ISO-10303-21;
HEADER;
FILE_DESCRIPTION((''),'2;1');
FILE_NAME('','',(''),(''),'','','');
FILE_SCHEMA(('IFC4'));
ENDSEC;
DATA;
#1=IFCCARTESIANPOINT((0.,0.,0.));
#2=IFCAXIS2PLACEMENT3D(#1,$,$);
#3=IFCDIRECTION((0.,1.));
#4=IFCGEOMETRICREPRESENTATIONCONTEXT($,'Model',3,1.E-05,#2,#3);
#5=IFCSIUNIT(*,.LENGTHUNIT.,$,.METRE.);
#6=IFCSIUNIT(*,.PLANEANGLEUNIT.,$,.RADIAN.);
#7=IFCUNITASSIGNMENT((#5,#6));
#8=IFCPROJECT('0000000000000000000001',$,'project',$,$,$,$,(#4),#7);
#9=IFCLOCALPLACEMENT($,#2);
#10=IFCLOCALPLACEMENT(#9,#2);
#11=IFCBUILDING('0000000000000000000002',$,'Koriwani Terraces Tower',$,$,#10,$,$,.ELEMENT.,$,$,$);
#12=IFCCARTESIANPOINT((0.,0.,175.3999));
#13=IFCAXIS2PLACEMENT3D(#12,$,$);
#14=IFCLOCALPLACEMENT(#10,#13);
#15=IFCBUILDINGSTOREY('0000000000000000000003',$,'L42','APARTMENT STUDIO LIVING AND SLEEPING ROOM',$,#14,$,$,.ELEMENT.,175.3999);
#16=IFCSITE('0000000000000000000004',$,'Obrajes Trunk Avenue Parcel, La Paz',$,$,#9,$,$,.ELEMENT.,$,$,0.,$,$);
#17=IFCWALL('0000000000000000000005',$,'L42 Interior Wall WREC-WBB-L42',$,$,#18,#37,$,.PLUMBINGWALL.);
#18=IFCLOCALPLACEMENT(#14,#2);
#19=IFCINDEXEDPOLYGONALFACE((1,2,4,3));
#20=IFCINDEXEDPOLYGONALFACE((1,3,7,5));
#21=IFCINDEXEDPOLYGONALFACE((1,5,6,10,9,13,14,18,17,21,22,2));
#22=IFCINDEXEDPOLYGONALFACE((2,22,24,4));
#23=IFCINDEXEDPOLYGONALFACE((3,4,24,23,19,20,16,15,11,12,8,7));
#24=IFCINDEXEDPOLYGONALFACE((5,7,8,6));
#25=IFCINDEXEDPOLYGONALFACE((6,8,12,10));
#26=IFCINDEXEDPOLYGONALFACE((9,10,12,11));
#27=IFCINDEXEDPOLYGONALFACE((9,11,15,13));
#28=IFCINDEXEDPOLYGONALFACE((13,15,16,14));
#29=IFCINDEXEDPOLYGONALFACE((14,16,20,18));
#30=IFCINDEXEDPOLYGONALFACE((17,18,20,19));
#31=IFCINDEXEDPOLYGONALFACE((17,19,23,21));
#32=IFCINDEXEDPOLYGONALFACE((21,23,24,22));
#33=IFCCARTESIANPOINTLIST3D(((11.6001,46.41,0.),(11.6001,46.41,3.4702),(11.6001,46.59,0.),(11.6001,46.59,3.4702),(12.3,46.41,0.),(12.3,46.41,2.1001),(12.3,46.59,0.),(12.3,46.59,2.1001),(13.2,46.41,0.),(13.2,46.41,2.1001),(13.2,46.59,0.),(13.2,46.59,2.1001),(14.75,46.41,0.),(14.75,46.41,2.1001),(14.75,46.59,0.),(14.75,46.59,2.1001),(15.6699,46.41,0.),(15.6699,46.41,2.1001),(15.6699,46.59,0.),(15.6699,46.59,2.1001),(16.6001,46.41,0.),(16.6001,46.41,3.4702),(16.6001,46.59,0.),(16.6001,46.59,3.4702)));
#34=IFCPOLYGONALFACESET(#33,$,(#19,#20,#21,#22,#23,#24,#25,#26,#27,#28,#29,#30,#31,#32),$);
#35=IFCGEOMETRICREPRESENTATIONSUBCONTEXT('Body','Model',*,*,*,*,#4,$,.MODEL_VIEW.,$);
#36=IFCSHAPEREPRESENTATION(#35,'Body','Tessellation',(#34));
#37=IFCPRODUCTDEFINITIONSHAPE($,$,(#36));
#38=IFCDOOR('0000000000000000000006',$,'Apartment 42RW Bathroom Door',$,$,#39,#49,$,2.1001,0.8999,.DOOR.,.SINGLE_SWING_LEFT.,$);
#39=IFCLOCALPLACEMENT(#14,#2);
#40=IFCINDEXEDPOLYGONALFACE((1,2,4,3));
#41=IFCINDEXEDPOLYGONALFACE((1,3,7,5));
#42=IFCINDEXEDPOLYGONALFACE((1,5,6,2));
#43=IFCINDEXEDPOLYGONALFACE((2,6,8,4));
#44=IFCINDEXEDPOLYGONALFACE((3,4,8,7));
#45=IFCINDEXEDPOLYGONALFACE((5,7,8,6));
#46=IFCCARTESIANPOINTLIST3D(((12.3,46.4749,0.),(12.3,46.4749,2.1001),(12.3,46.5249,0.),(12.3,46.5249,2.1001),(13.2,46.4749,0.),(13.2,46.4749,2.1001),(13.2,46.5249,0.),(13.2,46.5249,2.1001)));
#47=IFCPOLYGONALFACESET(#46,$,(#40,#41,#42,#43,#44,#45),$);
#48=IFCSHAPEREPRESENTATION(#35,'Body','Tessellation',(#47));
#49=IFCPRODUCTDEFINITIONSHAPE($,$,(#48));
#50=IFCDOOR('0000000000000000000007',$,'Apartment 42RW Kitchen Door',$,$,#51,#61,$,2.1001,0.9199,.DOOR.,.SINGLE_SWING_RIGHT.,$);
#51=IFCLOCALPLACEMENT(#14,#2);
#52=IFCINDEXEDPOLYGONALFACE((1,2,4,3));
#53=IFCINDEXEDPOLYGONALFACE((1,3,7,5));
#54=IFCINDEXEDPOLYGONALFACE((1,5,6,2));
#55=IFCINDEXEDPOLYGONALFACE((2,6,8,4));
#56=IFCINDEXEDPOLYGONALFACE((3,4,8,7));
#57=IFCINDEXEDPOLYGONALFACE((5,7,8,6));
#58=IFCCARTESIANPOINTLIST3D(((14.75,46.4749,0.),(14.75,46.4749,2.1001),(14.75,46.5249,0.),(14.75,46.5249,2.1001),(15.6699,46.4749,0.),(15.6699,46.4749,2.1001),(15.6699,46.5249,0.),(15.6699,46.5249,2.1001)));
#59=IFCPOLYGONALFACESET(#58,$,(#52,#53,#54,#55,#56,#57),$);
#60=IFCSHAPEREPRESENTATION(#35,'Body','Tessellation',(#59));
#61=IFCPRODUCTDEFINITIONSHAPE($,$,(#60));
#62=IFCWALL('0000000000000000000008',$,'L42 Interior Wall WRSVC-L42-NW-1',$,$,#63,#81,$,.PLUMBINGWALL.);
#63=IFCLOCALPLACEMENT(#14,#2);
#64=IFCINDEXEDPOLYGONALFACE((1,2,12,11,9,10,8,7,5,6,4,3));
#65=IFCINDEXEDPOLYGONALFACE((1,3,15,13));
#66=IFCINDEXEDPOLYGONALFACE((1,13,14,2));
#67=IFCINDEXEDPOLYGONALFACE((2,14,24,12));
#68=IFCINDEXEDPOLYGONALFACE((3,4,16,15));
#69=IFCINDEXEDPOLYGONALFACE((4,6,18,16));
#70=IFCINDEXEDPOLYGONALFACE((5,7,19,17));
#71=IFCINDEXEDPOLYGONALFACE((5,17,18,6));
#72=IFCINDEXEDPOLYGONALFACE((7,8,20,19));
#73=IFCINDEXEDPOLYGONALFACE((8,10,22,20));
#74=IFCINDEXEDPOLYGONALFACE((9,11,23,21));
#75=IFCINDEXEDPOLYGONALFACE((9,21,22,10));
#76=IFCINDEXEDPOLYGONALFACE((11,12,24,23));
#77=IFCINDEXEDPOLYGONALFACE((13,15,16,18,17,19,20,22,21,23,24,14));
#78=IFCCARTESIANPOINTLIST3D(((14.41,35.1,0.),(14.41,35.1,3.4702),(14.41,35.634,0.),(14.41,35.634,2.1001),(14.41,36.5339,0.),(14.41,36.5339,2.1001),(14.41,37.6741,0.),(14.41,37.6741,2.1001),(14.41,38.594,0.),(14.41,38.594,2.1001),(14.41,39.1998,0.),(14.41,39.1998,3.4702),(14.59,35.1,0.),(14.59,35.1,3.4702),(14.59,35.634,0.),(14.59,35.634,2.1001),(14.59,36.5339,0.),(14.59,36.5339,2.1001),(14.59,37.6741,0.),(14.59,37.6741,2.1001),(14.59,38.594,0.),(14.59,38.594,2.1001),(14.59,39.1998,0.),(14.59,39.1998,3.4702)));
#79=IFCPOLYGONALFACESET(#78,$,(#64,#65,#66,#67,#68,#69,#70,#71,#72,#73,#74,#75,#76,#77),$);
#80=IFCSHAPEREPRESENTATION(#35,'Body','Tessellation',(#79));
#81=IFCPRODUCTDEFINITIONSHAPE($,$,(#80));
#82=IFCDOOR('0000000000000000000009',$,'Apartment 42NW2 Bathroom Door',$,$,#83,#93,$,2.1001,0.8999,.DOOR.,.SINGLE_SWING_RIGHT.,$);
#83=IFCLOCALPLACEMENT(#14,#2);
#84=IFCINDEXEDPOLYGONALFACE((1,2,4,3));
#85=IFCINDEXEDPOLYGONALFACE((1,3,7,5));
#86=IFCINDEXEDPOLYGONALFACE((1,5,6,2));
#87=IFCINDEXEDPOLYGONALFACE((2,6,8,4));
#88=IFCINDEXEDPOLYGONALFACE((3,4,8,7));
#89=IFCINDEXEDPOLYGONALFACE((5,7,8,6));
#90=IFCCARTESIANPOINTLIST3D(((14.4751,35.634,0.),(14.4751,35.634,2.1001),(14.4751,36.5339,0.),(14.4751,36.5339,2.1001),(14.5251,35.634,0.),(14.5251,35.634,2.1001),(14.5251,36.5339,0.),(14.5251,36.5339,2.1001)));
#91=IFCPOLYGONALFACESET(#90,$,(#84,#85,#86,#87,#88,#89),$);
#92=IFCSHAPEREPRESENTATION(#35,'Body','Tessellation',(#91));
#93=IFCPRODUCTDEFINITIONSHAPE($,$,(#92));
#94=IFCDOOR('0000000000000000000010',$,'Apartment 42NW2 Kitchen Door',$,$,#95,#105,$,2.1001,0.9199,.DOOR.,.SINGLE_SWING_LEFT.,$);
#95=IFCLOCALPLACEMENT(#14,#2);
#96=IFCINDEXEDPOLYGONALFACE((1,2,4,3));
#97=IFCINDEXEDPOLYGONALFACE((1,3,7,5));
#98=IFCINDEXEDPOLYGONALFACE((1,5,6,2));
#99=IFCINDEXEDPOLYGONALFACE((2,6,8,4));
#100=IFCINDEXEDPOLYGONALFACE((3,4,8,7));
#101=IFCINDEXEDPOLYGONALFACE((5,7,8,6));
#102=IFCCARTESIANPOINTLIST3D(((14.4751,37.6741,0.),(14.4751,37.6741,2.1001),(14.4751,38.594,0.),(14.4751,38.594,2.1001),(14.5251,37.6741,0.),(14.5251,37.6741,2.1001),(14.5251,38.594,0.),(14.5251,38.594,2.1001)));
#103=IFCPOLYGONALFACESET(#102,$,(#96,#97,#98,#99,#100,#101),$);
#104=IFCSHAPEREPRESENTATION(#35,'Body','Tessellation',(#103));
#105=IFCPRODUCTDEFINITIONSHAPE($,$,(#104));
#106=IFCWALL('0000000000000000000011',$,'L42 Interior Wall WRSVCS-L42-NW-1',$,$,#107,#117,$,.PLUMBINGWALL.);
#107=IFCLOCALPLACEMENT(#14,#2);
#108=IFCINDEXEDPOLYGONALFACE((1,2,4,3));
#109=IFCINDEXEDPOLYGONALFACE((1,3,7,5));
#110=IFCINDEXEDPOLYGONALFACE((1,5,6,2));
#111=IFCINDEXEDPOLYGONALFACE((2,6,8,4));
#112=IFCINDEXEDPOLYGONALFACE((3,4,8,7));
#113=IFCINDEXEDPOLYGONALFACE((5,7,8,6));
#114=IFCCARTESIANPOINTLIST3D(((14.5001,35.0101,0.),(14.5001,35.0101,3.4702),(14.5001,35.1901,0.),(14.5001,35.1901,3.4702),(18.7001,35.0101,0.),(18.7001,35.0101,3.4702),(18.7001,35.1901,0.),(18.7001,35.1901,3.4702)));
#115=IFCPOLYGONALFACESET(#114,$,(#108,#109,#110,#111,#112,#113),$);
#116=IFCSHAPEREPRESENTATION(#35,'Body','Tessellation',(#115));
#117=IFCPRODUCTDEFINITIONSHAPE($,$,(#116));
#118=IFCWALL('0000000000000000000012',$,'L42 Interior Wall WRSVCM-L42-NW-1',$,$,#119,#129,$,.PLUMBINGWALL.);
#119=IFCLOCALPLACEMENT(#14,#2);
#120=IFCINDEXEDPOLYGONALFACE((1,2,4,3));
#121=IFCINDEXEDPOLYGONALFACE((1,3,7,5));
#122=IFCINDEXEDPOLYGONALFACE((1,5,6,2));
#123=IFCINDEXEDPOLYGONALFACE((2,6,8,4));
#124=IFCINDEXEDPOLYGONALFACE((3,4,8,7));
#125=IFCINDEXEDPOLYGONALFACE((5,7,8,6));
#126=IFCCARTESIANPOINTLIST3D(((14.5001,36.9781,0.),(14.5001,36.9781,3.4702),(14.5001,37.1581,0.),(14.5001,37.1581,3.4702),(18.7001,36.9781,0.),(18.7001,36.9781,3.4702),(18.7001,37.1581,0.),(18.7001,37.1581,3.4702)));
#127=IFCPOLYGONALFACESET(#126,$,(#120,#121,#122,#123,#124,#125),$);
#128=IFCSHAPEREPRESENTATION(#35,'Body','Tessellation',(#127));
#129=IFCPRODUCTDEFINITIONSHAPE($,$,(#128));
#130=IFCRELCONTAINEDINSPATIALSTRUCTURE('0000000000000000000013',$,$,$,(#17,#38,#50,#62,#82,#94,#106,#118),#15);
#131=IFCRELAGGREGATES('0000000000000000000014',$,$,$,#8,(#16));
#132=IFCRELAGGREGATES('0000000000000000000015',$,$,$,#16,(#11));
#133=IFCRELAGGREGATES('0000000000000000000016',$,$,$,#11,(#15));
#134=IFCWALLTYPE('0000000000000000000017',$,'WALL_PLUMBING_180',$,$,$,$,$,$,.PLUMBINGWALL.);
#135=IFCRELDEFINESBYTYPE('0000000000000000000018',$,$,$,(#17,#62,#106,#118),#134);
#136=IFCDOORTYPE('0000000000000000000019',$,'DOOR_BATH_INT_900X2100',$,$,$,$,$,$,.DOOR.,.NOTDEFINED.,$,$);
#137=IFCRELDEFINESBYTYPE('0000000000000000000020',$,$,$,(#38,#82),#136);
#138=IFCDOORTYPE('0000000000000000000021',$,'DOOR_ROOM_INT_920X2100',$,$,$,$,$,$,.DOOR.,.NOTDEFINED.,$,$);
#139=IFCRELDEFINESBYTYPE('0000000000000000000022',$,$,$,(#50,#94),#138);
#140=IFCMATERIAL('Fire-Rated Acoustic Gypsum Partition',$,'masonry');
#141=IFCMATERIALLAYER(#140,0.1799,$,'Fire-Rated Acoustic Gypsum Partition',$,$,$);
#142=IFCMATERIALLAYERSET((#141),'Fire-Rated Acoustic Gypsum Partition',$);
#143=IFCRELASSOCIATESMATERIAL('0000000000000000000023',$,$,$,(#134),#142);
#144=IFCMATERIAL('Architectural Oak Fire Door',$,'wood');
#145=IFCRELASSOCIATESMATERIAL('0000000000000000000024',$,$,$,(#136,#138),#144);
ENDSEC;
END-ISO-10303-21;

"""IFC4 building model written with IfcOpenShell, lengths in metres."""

from ifc_helpers import new_model, si_unit, direction, frame, frame_2d, origin, place, context, subcontext, project, spatial, rectangle, extrude, material, layer, layer_set, type_object, element, fill, save


model = new_model("IFC4")

# Units and contexts
model_context = context("Model", 3, precision=1e-05, world=origin(), true_north=direction((0.0, 1.0)))
body_context = subcontext(model_context, "Body", "Model", "MODEL_VIEW")
ifc_project = project(units=[si_unit("LENGTHUNIT", "METRE"), si_unit("PLANEANGLEUNIT", "RADIAN")], contexts=[model_context])

# Site, building, storey
site_placement = place(None, origin())
site = spatial("IfcSite", under=ifc_project, at=site_placement, Name="Obrajes Trunk Avenue Parcel, La Paz", CompositionType="ELEMENT", RefElevation=0.0)
building_placement = place(site_placement, origin())
building = spatial("IfcBuilding", under=site, at=building_placement, Name="Koriwani Terraces Tower", CompositionType="ELEMENT")
storey_placement = place(building_placement, frame((0.0, 0.0, 175.3999)))
storey = spatial("IfcBuildingStorey", under=building, at=storey_placement, Name="L42", Description="APARTMENT STUDIO LIVING AND SLEEPING ROOM", CompositionType="ELEMENT", Elevation=175.3999)

# Shared definitions
ifc_material_1 = material(Name="Architectural Oak Fire Door", Category="wood")

# Walls, openings, doors
ifc_material_2 = material(Name="Fire-Rated Acoustic Gypsum Partition", Category="masonry")
ifc_layer_1 = layer(ifc_material_2, 0.1799, Name="Fire-Rated Acoustic Gypsum Partition")
ifc_layer_set_1 = layer_set([ifc_layer_1], Name="Fire-Rated Acoustic Gypsum Partition")
wall_type_1 = type_object("IfcWallType", Name="WALL_PLUMBING_180", PredefinedType="PLUMBINGWALL", material=ifc_layer_set_1)
wall_1_placement = place(storey_placement, frame((11.6001, 46.5, 0.0), z_axis=(0.0, 0.0, 1.0), x_axis=(1.0, 0.0, 0.0)))
wall_1 = element("IfcWall", 1, at=wall_1_placement, inside=storey, type_object=wall_type_1, Name="L42 Interior Wall WREC-WBB-L42", PredefinedType="PLUMBINGWALL", context=body_context, shape_type="SweptSolid", body=[
    extrude(rectangle(XDim=5.0, YDim=0.1799, at=frame_2d((2.5, 0.0))), origin(), (0.0, 0.0, 1.0), 3.4702),
])
opening_1_placement = place(wall_1_placement, frame((0.7, 0.0, 0.0)))
opening_1 = element("IfcOpeningElement", 2, at=opening_1_placement, cuts=wall_1, PredefinedType="OPENING", context=body_context, shape_type="SweptSolid", body=[
    extrude(rectangle(XDim=0.8999, YDim=2.1001, at=frame_2d((0.45, 1.05))), frame((0.0, 0.1001, 0.0), z_axis=(0.0, -1.0, 0.0), x_axis=(1.0, 0.0, 0.0)), (0.0, 0.0, 1.0), 0.2),
])
opening_2_placement = place(wall_1_placement, frame((3.1499, 0.0, 0.0)))
opening_2 = element("IfcOpeningElement", 3, at=opening_2_placement, cuts=wall_1, PredefinedType="OPENING", context=body_context, shape_type="SweptSolid", body=[
    extrude(rectangle(XDim=0.9199, YDim=2.1001, at=frame_2d((0.46, 1.05))), frame((0.0, 0.1001, 0.0), z_axis=(0.0, -1.0, 0.0), x_axis=(1.0, 0.0, 0.0)), (0.0, 0.0, 1.0), 0.2),
])
door_type_1 = type_object("IfcDoorType", Name="DOOR_BATH_INT_900X2100", OperationType="NOTDEFINED", PredefinedType="DOOR", material=ifc_material_1)
door_1_placement = place(opening_1_placement, origin())
door_1 = element("IfcDoor", 4, at=door_1_placement, inside=storey, type_object=door_type_1, Name="Apartment 42RW Bathroom Door", OperationType="SINGLE_SWING_LEFT", OverallHeight=2.1001, OverallWidth=0.8999, PredefinedType="DOOR", context=body_context, shape_type="SweptSolid", body=[
    extrude(rectangle(XDim=0.8999, YDim=2.1001, at=frame_2d((0.45, 1.05))), frame((0.0, 0.0249, 0.0), z_axis=(0.0, -1.0, 0.0), x_axis=(1.0, 0.0, 0.0)), (0.0, 0.0, 1.0), 0.05),
])
fill(opening_1, door_1)
door_type_2 = type_object("IfcDoorType", Name="DOOR_ROOM_INT_920X2100", OperationType="NOTDEFINED", PredefinedType="DOOR", material=ifc_material_1)
door_2_placement = place(opening_2_placement, origin())
door_2 = element("IfcDoor", 5, at=door_2_placement, inside=storey, type_object=door_type_2, Name="Apartment 42RW Kitchen Door", OperationType="SINGLE_SWING_RIGHT", OverallHeight=2.1001, OverallWidth=0.9199, PredefinedType="DOOR", context=body_context, shape_type="SweptSolid", body=[
    extrude(rectangle(XDim=0.9199, YDim=2.1001, at=frame_2d((0.46, 1.05))), frame((0.0, 0.0249, 0.0), z_axis=(0.0, -1.0, 0.0), x_axis=(1.0, 0.0, 0.0)), (0.0, 0.0, 1.0), 0.05),
])
fill(opening_2, door_2)
wall_2_placement = place(storey_placement, frame((14.5, 35.1001, 0.0), z_axis=(0.0, 0.0, 1.0), x_axis=(0.0, 1.0, 0.0)))
wall_2 = element("IfcWall", 6, at=wall_2_placement, inside=storey, type_object=wall_type_1, Name="L42 Interior Wall WRSVC-L42-NW-1", PredefinedType="PLUMBINGWALL", context=body_context, shape_type="SweptSolid", body=[
    extrude(rectangle(XDim=4.0999, YDim=0.1799, at=frame_2d((2.0498, 0.0))), origin(), (0.0, 0.0, 1.0), 3.4702),
])
opening_3_placement = place(wall_2_placement, frame((0.5339, 0.0, 0.0)))
opening_3 = element("IfcOpeningElement", 7, at=opening_3_placement, cuts=wall_2, PredefinedType="OPENING", context=body_context, shape_type="SweptSolid", body=[
    extrude(rectangle(XDim=0.8999, YDim=2.1001, at=frame_2d((0.45, 1.05))), frame((0.0, 0.1001, 0.0), z_axis=(0.0, -1.0, 0.0), x_axis=(1.0, 0.0, 0.0)), (0.0, 0.0, 1.0), 0.2),
])
opening_4_placement = place(wall_2_placement, frame((2.574, 0.0, 0.0)))
opening_4 = element("IfcOpeningElement", 8, at=opening_4_placement, cuts=wall_2, PredefinedType="OPENING", context=body_context, shape_type="SweptSolid", body=[
    extrude(rectangle(XDim=0.9199, YDim=2.1001, at=frame_2d((0.46, 1.05))), frame((0.0, 0.1001, 0.0), z_axis=(0.0, -1.0, 0.0), x_axis=(1.0, 0.0, 0.0)), (0.0, 0.0, 1.0), 0.2),
])
door_3_placement = place(opening_3_placement, origin())
door_3 = element("IfcDoor", 9, at=door_3_placement, inside=storey, type_object=door_type_1, Name="Apartment 42NW2 Bathroom Door", OperationType="SINGLE_SWING_RIGHT", OverallHeight=2.1001, OverallWidth=0.8999, PredefinedType="DOOR", context=body_context, shape_type="SweptSolid", body=[
    extrude(rectangle(XDim=0.8999, YDim=2.1001, at=frame_2d((0.45, 1.05))), frame((0.0, 0.0249, 0.0), z_axis=(0.0, -1.0, 0.0), x_axis=(1.0, 0.0, 0.0)), (0.0, 0.0, 1.0), 0.05),
])
fill(opening_3, door_3)
door_4_placement = place(opening_4_placement, origin())
door_4 = element("IfcDoor", 10, at=door_4_placement, inside=storey, type_object=door_type_2, Name="Apartment 42NW2 Kitchen Door", OperationType="SINGLE_SWING_LEFT", OverallHeight=2.1001, OverallWidth=0.9199, PredefinedType="DOOR", context=body_context, shape_type="SweptSolid", body=[
    extrude(rectangle(XDim=0.9199, YDim=2.1001, at=frame_2d((0.46, 1.05))), frame((0.0, 0.0249, 0.0), z_axis=(0.0, -1.0, 0.0), x_axis=(1.0, 0.0, 0.0)), (0.0, 0.0, 1.0), 0.05),
])
fill(opening_4, door_4)

# Walls
for number, where, z_axis, x_axis, name in (
    (11, (14.5, 35.1001, 0.0), (0.0, 0.0, 1.0), (1.0, 0.0, 0.0), "L42 Interior Wall WRSVCS-L42-NW-1"),
    (12, (14.5, 37.0681, 0.0), (0.0, 0.0, 1.0), (1.0, 0.0, 0.0), "L42 Interior Wall WRSVCM-L42-NW-1"),
):
    element("IfcWall", number, at=place(storey_placement, frame(where, z_axis=z_axis, x_axis=x_axis)), inside=storey, type_object=wall_type_1, Name=name, PredefinedType="PLUMBINGWALL", context=body_context, shape_type="SweptSolid", body=[
        extrude(rectangle(XDim=4.2, YDim=0.1799, at=frame_2d((2.1001, 0.0))), origin(), (0.0, 0.0, 1.0), 3.4702),
    ])

save(model, "model.ifc")
